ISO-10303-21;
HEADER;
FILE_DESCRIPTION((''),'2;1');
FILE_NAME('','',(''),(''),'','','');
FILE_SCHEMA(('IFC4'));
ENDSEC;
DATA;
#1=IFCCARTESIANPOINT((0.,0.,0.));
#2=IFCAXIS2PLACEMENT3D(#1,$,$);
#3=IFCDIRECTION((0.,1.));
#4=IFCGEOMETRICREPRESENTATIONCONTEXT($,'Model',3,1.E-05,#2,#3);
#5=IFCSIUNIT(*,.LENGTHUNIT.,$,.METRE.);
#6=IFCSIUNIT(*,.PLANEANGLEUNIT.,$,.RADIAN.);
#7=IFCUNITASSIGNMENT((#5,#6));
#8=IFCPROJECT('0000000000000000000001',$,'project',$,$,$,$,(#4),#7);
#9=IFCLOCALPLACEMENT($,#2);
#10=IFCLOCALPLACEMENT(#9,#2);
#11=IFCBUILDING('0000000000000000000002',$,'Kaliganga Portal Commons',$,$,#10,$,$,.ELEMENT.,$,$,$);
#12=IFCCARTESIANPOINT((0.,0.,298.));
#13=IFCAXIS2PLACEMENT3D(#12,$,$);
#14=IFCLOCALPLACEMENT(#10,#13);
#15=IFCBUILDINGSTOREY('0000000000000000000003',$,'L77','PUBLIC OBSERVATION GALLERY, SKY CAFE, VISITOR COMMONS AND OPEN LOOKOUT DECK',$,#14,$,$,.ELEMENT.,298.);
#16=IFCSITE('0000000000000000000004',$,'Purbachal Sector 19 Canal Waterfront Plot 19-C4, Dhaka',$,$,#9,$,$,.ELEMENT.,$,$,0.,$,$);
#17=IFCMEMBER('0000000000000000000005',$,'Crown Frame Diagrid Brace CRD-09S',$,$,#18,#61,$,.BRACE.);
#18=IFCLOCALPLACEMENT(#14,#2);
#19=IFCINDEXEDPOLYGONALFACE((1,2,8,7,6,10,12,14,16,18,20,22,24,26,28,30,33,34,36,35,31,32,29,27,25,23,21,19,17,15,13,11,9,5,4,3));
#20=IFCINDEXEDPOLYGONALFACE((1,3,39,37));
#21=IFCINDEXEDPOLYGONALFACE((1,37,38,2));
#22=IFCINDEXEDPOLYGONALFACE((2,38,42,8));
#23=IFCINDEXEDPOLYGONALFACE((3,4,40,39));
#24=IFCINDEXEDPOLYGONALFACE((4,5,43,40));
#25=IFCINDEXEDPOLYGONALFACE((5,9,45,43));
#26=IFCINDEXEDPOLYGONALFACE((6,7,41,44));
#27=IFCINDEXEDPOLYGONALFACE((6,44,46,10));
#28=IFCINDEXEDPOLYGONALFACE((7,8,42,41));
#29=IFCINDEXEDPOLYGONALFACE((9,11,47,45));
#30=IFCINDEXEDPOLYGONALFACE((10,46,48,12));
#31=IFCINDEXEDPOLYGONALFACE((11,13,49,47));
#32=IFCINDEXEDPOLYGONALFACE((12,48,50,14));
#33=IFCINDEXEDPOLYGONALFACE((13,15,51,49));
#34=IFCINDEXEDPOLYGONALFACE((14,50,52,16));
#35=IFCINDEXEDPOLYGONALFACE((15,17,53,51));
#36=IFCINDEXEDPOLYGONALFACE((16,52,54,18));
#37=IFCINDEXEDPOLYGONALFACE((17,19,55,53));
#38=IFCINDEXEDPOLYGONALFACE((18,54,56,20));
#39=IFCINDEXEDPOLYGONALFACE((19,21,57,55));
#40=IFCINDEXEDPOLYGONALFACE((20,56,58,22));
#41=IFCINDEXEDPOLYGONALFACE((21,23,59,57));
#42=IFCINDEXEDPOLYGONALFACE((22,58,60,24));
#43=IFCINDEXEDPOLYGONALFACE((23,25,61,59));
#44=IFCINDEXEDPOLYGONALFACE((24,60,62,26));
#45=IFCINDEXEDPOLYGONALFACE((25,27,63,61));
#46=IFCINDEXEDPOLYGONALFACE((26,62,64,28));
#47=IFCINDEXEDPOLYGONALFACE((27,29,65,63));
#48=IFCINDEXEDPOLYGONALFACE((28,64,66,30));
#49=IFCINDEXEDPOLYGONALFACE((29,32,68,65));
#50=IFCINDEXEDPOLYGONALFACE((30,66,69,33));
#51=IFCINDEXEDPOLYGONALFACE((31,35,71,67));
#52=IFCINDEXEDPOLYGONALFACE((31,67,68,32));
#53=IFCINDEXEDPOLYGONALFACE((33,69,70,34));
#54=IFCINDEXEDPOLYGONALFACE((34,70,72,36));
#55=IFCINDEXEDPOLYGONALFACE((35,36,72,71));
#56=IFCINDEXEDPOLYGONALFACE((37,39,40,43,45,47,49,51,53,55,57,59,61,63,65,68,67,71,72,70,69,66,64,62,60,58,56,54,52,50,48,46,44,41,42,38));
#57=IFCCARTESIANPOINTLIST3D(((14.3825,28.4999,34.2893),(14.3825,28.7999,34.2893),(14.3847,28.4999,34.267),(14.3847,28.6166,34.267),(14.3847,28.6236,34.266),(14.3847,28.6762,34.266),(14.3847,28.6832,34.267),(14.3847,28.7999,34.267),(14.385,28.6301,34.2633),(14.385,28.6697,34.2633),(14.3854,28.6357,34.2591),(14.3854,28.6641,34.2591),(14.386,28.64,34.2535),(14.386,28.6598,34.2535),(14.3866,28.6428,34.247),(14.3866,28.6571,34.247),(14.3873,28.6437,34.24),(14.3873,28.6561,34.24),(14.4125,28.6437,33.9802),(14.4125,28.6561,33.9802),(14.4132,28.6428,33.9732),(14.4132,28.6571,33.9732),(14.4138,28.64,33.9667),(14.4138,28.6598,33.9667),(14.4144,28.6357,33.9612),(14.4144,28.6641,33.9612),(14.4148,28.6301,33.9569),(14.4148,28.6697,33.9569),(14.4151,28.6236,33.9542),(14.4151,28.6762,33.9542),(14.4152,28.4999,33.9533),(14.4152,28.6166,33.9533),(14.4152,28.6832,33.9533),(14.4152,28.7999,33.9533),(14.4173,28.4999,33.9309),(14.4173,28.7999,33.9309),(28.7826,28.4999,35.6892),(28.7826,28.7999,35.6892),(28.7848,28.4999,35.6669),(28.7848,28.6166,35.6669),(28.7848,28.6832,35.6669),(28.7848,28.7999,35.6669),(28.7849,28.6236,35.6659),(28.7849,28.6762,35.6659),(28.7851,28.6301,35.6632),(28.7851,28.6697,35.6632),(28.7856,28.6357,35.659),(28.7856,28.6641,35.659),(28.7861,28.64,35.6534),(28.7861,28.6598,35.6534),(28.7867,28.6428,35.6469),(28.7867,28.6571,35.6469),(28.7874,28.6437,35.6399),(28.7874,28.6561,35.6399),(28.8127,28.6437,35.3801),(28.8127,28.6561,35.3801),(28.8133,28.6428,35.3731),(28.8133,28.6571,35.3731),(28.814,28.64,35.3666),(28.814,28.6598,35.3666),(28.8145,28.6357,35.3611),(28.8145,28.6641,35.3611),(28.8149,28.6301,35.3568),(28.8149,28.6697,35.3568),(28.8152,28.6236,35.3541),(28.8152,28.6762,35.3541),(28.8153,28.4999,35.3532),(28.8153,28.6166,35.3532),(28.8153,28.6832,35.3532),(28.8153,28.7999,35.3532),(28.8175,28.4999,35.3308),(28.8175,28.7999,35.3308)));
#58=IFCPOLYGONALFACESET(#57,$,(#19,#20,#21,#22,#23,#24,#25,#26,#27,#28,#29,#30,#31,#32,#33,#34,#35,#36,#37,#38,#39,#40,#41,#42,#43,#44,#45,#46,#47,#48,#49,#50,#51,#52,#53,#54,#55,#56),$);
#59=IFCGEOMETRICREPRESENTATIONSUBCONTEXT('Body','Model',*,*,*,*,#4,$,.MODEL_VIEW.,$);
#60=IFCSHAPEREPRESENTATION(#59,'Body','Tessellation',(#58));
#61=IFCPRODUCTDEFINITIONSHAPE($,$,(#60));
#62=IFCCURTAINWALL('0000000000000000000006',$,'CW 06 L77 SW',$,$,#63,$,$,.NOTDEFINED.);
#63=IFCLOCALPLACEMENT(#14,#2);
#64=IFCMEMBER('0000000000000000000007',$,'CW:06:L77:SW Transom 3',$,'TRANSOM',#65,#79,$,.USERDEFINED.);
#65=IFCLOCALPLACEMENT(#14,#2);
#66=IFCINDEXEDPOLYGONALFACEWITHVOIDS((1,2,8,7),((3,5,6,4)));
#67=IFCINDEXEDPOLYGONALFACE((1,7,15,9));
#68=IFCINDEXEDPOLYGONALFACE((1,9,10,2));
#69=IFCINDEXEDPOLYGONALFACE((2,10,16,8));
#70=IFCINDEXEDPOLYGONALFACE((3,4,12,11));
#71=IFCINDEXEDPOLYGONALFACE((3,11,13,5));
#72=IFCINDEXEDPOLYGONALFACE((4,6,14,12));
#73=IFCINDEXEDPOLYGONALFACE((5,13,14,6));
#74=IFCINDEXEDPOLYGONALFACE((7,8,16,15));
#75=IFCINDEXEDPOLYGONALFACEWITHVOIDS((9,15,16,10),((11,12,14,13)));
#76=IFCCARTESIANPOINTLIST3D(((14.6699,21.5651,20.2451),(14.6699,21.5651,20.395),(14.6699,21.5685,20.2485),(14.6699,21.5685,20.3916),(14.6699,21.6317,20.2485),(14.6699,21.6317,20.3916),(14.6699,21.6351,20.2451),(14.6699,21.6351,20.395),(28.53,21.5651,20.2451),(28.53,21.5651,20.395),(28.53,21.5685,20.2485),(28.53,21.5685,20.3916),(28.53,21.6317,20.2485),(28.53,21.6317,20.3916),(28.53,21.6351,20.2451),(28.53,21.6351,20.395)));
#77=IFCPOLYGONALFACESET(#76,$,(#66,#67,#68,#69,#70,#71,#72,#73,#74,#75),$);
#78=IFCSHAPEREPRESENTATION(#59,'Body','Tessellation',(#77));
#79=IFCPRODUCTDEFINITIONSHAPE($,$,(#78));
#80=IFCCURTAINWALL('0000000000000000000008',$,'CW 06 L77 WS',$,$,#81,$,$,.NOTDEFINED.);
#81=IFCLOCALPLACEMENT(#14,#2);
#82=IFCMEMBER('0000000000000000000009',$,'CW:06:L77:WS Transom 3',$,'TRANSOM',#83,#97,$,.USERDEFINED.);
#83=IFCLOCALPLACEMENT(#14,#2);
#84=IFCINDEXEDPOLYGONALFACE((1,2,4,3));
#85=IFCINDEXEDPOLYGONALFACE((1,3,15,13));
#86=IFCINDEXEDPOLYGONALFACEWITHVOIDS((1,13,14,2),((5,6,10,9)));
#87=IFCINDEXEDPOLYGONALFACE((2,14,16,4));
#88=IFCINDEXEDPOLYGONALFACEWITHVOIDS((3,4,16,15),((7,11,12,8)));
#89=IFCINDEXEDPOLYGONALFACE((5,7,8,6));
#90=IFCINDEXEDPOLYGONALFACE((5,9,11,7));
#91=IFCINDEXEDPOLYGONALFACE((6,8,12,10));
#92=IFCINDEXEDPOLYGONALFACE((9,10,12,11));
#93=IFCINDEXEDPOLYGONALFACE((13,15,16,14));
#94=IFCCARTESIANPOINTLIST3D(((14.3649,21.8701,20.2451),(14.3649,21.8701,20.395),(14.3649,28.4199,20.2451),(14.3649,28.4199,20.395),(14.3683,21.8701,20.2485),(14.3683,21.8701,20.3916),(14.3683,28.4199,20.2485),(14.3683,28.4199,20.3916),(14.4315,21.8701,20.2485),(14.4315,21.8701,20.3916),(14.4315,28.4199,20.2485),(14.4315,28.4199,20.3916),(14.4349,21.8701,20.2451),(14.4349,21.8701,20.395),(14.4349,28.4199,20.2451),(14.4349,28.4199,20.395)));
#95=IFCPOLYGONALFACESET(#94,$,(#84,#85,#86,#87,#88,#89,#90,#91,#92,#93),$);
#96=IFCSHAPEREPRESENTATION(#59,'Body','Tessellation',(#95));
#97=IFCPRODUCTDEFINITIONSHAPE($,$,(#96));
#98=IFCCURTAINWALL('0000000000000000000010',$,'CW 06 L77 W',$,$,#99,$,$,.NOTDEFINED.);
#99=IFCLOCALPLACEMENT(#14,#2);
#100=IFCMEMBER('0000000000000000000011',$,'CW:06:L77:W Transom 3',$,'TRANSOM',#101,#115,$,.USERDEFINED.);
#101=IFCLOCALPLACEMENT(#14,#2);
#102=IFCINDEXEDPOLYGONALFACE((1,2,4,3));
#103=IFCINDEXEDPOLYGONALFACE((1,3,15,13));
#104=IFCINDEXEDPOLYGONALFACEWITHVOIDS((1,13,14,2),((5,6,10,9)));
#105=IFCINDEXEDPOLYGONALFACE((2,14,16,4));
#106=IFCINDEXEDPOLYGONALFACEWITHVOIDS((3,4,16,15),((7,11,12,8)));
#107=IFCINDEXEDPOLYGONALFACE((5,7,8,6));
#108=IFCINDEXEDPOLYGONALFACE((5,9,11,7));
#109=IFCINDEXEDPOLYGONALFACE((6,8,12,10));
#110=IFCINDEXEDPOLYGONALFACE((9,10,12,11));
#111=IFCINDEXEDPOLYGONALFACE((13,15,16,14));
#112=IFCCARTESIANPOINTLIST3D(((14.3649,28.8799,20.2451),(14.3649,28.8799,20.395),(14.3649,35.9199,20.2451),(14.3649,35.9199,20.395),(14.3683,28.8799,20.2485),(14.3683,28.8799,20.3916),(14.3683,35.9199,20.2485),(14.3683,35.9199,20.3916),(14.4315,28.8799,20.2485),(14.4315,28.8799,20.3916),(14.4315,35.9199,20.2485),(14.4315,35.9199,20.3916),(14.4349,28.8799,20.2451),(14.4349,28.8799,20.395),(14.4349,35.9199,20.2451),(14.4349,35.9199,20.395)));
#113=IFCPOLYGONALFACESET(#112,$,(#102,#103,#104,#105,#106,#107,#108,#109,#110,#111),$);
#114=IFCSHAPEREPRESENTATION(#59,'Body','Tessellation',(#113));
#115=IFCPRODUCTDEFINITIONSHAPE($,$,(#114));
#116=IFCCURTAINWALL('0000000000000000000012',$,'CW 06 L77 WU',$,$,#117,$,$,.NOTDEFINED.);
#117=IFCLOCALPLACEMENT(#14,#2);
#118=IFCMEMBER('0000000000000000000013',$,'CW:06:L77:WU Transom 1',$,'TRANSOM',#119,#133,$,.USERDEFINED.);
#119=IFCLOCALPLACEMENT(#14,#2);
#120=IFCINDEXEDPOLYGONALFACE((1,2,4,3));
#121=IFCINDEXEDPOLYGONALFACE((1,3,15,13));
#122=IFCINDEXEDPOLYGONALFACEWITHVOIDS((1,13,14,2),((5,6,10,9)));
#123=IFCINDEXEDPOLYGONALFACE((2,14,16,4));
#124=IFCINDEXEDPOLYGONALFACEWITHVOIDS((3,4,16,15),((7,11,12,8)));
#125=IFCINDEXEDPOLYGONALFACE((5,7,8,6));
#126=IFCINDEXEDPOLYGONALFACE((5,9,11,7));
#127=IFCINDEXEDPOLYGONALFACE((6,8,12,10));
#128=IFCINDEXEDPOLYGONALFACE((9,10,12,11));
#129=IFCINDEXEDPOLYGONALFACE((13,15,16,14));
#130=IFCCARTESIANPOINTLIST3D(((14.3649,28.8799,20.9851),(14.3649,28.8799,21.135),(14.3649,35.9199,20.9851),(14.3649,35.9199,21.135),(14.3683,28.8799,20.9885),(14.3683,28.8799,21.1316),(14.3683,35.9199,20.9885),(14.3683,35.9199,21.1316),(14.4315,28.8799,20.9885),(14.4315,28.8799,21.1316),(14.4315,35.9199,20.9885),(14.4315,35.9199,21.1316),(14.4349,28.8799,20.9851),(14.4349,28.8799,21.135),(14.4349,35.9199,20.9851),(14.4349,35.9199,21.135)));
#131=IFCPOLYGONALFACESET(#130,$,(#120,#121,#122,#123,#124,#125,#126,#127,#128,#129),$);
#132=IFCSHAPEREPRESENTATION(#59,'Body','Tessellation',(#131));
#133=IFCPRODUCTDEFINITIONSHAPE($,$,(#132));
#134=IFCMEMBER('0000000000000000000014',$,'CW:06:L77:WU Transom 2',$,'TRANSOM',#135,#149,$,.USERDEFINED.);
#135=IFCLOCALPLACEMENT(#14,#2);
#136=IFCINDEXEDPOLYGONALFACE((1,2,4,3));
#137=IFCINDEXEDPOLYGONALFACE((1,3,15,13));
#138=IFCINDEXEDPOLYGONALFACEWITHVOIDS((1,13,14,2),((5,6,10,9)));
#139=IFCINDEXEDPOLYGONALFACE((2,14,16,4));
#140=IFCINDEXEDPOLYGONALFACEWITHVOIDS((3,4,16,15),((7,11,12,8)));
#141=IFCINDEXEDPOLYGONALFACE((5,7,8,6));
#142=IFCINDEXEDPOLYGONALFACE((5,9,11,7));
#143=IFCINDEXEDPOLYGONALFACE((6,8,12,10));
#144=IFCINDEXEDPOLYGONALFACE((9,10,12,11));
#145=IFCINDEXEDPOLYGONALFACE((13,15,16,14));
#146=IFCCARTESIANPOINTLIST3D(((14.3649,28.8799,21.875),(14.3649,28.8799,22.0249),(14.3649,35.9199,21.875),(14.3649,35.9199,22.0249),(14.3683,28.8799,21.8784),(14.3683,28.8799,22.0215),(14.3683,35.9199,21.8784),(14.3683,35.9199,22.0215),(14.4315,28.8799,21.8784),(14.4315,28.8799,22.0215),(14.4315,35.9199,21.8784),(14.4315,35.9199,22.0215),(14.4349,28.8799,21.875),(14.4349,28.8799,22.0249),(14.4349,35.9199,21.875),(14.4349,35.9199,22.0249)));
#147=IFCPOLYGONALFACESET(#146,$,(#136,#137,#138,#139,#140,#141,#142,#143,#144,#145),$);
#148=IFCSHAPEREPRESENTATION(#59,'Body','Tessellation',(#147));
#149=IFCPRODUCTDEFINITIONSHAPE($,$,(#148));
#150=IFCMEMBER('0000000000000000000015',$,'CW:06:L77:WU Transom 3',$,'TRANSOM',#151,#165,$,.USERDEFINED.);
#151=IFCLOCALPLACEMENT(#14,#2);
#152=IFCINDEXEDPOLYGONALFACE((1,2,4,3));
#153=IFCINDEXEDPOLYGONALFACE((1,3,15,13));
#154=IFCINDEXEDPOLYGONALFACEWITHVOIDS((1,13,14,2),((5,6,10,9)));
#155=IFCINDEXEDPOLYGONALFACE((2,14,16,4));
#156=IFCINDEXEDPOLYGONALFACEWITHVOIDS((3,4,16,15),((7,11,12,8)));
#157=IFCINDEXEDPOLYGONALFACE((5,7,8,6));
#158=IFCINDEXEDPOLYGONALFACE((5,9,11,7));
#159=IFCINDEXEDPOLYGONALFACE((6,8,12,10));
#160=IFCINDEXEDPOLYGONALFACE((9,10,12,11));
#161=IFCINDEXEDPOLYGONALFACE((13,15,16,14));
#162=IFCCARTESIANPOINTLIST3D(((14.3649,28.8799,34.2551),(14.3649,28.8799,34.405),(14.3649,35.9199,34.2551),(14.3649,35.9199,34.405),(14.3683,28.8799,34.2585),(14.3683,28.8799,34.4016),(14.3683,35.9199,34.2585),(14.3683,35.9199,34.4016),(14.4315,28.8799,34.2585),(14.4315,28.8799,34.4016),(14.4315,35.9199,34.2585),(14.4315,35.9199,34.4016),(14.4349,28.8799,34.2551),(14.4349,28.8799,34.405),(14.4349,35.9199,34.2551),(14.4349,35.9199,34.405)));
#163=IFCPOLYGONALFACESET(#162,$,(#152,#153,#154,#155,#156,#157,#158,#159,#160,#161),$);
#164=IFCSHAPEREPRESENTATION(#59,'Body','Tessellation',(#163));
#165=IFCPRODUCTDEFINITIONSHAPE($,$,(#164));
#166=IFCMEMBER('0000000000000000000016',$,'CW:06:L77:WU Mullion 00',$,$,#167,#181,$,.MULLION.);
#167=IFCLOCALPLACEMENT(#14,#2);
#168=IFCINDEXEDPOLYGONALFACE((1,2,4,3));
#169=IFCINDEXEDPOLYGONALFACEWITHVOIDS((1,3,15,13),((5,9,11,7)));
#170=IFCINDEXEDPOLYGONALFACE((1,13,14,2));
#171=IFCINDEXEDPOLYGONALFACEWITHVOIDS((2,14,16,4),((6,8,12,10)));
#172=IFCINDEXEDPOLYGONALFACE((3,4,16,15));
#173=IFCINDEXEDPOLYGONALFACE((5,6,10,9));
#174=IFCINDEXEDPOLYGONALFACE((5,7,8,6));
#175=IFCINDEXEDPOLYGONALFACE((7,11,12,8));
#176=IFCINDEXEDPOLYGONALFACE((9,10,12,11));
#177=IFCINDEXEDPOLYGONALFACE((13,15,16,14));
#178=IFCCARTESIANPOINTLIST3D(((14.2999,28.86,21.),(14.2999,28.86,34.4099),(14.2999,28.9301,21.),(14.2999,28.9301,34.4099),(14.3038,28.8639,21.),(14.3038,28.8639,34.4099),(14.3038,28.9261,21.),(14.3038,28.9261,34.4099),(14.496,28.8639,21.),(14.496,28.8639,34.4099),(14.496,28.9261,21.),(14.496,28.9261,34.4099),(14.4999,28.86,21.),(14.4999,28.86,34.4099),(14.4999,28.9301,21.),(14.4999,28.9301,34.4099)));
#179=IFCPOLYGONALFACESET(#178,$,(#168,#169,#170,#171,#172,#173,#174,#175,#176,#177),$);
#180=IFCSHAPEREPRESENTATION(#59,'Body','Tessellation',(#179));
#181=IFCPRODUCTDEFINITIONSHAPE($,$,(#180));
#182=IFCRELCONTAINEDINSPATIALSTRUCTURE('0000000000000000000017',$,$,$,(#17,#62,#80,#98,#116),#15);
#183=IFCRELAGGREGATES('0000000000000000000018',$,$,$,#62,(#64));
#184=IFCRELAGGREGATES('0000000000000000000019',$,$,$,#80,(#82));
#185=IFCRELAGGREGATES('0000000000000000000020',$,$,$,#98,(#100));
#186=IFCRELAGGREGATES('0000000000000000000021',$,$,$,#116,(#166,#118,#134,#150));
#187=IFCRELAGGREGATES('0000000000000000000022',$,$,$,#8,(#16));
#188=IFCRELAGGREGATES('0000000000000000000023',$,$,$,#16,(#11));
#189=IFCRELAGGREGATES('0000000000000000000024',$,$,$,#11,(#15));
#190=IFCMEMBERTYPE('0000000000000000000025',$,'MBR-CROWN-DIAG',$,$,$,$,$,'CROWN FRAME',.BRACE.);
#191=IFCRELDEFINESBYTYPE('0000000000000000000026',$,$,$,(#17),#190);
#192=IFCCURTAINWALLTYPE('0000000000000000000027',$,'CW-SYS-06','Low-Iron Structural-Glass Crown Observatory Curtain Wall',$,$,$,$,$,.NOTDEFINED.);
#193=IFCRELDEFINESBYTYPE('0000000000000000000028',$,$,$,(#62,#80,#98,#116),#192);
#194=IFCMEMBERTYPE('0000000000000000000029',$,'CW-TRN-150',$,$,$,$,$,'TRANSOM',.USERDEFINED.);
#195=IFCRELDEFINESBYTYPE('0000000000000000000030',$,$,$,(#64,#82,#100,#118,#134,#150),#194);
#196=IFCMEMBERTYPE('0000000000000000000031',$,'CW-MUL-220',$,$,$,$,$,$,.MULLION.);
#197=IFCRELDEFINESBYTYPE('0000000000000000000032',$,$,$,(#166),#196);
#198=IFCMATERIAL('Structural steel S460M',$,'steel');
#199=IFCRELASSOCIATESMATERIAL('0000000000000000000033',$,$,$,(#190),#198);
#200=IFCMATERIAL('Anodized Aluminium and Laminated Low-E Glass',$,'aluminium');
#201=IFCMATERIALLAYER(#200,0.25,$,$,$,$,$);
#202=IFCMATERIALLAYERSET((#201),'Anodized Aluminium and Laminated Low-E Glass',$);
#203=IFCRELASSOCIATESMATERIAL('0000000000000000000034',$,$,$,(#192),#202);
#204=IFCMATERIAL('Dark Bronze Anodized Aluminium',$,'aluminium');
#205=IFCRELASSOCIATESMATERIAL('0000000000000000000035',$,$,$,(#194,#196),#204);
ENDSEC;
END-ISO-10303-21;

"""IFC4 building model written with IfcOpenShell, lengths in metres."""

from ifc_helpers import new_model, si_unit, direction, frame, origin, origin_2d, place, context, subcontext, project, spatial, hollow_rectangle, i_section, extrude, source, transform, mapped, material, layer, layer_set, material_profile, profile_set, type_object, element, aggregate, save


model = new_model("IFC4")

# Units and contexts
model_context = context("Model", 3, precision=1e-05, world=origin(), true_north=direction((0.0, 1.0)))
body_context = subcontext(model_context, "Body", "Model", "MODEL_VIEW")
ifc_project = project(units=[si_unit("LENGTHUNIT", "METRE"), si_unit("PLANEANGLEUNIT", "RADIAN")], contexts=[model_context])

# Site, building, storey
site_placement = place(None, origin())
site = spatial("IfcSite", under=ifc_project, at=site_placement, Name="Purbachal Sector 19 Canal Waterfront Plot 19-C4, Dhaka", CompositionType="ELEMENT", RefElevation=0.0)
building_placement = place(site_placement, origin())
building = spatial("IfcBuilding", under=site, at=building_placement, Name="Kaliganga Portal Commons", CompositionType="ELEMENT")
storey_placement = place(building_placement, frame((0.0, 0.0, 298.0)))
storey = spatial("IfcBuildingStorey", under=building, at=storey_placement, Name="L77", Description="PUBLIC OBSERVATION GALLERY, SKY CAFE, VISITOR COMMONS AND OPEN LOOKOUT DECK", CompositionType="ELEMENT", Elevation=298.0)

# Shared definitions
ifc_material_1 = material(Name="Structural steel S460M", Category="steel")

# Member
ifc_material_profile_1 = material_profile(ifc_material_1, i_section(OverallWidth=0.3, OverallDepth=0.3601, WebThickness=0.0125, FlangeThickness=0.0225, FilletRadius=0.0271, at=origin_2d()), Name="HE 360 B")
ifc_profile_set_1 = profile_set([ifc_material_profile_1], Name="Structural steel S460M wide-flange")
member_type_1 = type_object("IfcMemberType", Name="MBR-CROWN-DIAG", ElementType="CROWN FRAME", PredefinedType="BRACE", material=ifc_profile_set_1)
shared_shape_1 = source(origin(), body_context, "Body", "SweptSolid", [
    extrude(i_section(OverallWidth=0.3, OverallDepth=0.3601, WebThickness=0.0125, FlangeThickness=0.0225, FilletRadius=0.0271, at=origin_2d()), origin(), (0.0, 0.0, 1.0), 14.468),
])
member_1_placement = place(storey_placement, frame((14.3999, 28.6499, 34.1101), z_axis=(0.995308, 0.0, 0.096758), x_axis=(0.0, 1.0, 0.0)))
element("IfcMember", 1, at=member_1_placement, inside=storey, type_object=member_type_1, Name="Crown Frame Diagrid Brace CRD-09S", PredefinedType="BRACE", context=body_context, shape_type="MappedRepresentation", body=[
    mapped(shared_shape_1, transform((0.0, 0.0, 0.0), x_axis=(1.0, 0.0, 0.0), y_axis=(0.0, 1.0, 0.0), z_axis=(0.0, 0.0, 1.0), scale=1.0)),
])

# Curtain walls, members
ifc_material_2 = material(Name="Anodized Aluminium and Laminated Low-E Glass", Category="aluminium")
ifc_layer_1 = layer(ifc_material_2, 0.25)
ifc_layer_set_1 = layer_set([ifc_layer_1], Name="Anodized Aluminium and Laminated Low-E Glass")
curtain_wall_type = type_object("IfcCurtainWallType", Name="CW-SYS-06", Description="Low-Iron Structural-Glass Crown Observatory Curtain Wall", PredefinedType="NOTDEFINED", material=ifc_layer_set_1)
curtain_wall_1_placement = place(storey_placement, origin())
curtain_wall_1 = element("IfcCurtainWall", 2, at=curtain_wall_1_placement, inside=storey, type_object=curtain_wall_type, Name="CW 06 L77 SW", PredefinedType="NOTDEFINED")
ifc_material_3 = material(Name="Dark Bronze Anodized Aluminium", Category="aluminium")
ifc_material_profile_2 = material_profile(ifc_material_3, hollow_rectangle(XDim=0.0701, YDim=0.1499, WallThickness=0.0034, at=origin_2d()), Name="ALU TRAN 70x150x3.5")
ifc_profile_set_2 = profile_set([ifc_material_profile_2], Name="Dark Bronze Anodized Aluminium")
member_type_2 = type_object("IfcMemberType", Name="CW-TRN-150", ElementType="TRANSOM", PredefinedType="USERDEFINED", material=ifc_profile_set_2)
shared_shape_2 = source(origin(), body_context, "Body", "SweptSolid", [
    extrude(hollow_rectangle(XDim=0.0701, YDim=0.1499, WallThickness=0.0034, at=origin_2d()), origin(), (0.0, 0.0, 1.0), 13.8601),
])
member_2_placement = place(storey_placement, frame((14.6699, 21.6001, 20.3201), z_axis=(1.0, 0.0, 0.0), x_axis=(0.0, 1.0, 0.0)))
member_2 = element("IfcMember", 3, at=member_2_placement, type_object=member_type_2, Name="CW:06:L77:SW Transom 3", ObjectType="TRANSOM", PredefinedType="USERDEFINED", context=body_context, shape_type="MappedRepresentation", body=[
    mapped(shared_shape_2, transform((0.0, 0.0, 0.0), x_axis=(1.0, 0.0, 0.0), y_axis=(0.0, 1.0, 0.0), z_axis=(0.0, 0.0, 1.0), scale=1.0)),
])
aggregate(curtain_wall_1, [member_2])
curtain_wall_2_placement = place(storey_placement, origin())
curtain_wall_2 = element("IfcCurtainWall", 4, at=curtain_wall_2_placement, inside=storey, type_object=curtain_wall_type, Name="CW 06 L77 WS", PredefinedType="NOTDEFINED")
shared_shape_3 = source(origin(), body_context, "Body", "SweptSolid", [
    extrude(hollow_rectangle(XDim=0.0701, YDim=0.1499, WallThickness=0.0034, at=origin_2d()), origin(), (0.0, 0.0, 1.0), 6.5498),
])
member_3_placement = place(storey_placement, frame((14.3999, 21.8701, 20.3201), z_axis=(0.0, 1.0, 0.0), x_axis=(-1.0, 0.0, 0.0)))
member_3 = element("IfcMember", 5, at=member_3_placement, type_object=member_type_2, Name="CW:06:L77:WS Transom 3", ObjectType="TRANSOM", PredefinedType="USERDEFINED", context=body_context, shape_type="MappedRepresentation", body=[
    mapped(shared_shape_3, transform((0.0, 0.0, 0.0), x_axis=(1.0, 0.0, 0.0), y_axis=(0.0, 1.0, 0.0), z_axis=(0.0, 0.0, 1.0), scale=1.0)),
])
aggregate(curtain_wall_2, [member_3])
curtain_wall_3_placement = place(storey_placement, origin())
curtain_wall_3 = element("IfcCurtainWall", 6, at=curtain_wall_3_placement, inside=storey, type_object=curtain_wall_type, Name="CW 06 L77 W", PredefinedType="NOTDEFINED")
shared_shape_4 = source(origin(), body_context, "Body", "SweptSolid", [
    extrude(hollow_rectangle(XDim=0.0701, YDim=0.1499, WallThickness=0.0034, at=origin_2d()), origin(), (0.0, 0.0, 1.0), 7.04),
])
member_4_placement = place(storey_placement, frame((14.3999, 28.8799, 20.3201), z_axis=(0.0, 1.0, 0.0), x_axis=(-1.0, 0.0, 0.0)))
member_4 = element("IfcMember", 7, at=member_4_placement, type_object=member_type_2, Name="CW:06:L77:W Transom 3", ObjectType="TRANSOM", PredefinedType="USERDEFINED", context=body_context, shape_type="MappedRepresentation", body=[
    mapped(shared_shape_4, transform((0.0, 0.0, 0.0), x_axis=(1.0, 0.0, 0.0), y_axis=(0.0, 1.0, 0.0), z_axis=(0.0, 0.0, 1.0), scale=1.0)),
])
aggregate(curtain_wall_3, [member_4])

# Curtain wall, members
curtain_wall_4_placement = place(storey_placement, origin())
curtain_wall_4 = element("IfcCurtainWall", 8, at=curtain_wall_4_placement, inside=storey, type_object=curtain_wall_type, Name="CW 06 L77 WU", PredefinedType="NOTDEFINED")
member_5_placement = place(storey_placement, frame((14.3999, 28.8799, 21.0601), z_axis=(0.0, 1.0, 0.0), x_axis=(-1.0, 0.0, 0.0)))
member_5 = element("IfcMember", 9, at=member_5_placement, type_object=member_type_2, Name="CW:06:L77:WU Transom 1", ObjectType="TRANSOM", PredefinedType="USERDEFINED", context=body_context, shape_type="MappedRepresentation", body=[
    mapped(shared_shape_4, transform((0.0, 0.0, 0.0), x_axis=(1.0, 0.0, 0.0), y_axis=(0.0, 1.0, 0.0), z_axis=(0.0, 0.0, 1.0), scale=1.0)),
])
member_6_placement = place(storey_placement, frame((14.3999, 28.8799, 21.95), z_axis=(0.0, 1.0, 0.0), x_axis=(-1.0, 0.0, 0.0)))
member_6 = element("IfcMember", 10, at=member_6_placement, type_object=member_type_2, Name="CW:06:L77:WU Transom 2", ObjectType="TRANSOM", PredefinedType="USERDEFINED", context=body_context, shape_type="MappedRepresentation", body=[
    mapped(shared_shape_4, transform((0.0, 0.0, 0.0), x_axis=(1.0, 0.0, 0.0), y_axis=(0.0, 1.0, 0.0), z_axis=(0.0, 0.0, 1.0), scale=1.0)),
])
member_7_placement = place(storey_placement, frame((14.3999, 28.8799, 34.3301), z_axis=(0.0, 1.0, 0.0), x_axis=(-1.0, 0.0, 0.0)))
member_7 = element("IfcMember", 11, at=member_7_placement, type_object=member_type_2, Name="CW:06:L77:WU Transom 3", ObjectType="TRANSOM", PredefinedType="USERDEFINED", context=body_context, shape_type="MappedRepresentation", body=[
    mapped(shared_shape_4, transform((0.0, 0.0, 0.0), x_axis=(1.0, 0.0, 0.0), y_axis=(0.0, 1.0, 0.0), z_axis=(0.0, 0.0, 1.0), scale=1.0)),
])
ifc_material_profile_3 = material_profile(ifc_material_3, hollow_rectangle(XDim=0.0701, YDim=0.2, WallThickness=0.0039, at=origin_2d()), Name="ALU MULL 70x200x4")
ifc_profile_set_3 = profile_set([ifc_material_profile_3], Name="Dark Bronze Anodized Aluminium")
member_type_3 = type_object("IfcMemberType", Name="CW-MUL-220", PredefinedType="MULLION", material=ifc_profile_set_3)
shared_shape_5 = source(origin(), body_context, "Body", "SweptSolid", [
    extrude(hollow_rectangle(XDim=0.0701, YDim=0.2, WallThickness=0.0039, at=origin_2d()), origin(), (0.0, 0.0, 1.0), 13.4099),
])
member_8_placement = place(storey_placement, frame((14.3999, 28.895, 21.0), z_axis=(0.0, 0.0, 1.0), x_axis=(0.0, 1.0, 0.0)))
member_8 = element("IfcMember", 12, at=member_8_placement, type_object=member_type_3, Name="CW:06:L77:WU Mullion 00", PredefinedType="MULLION", context=body_context, shape_type="MappedRepresentation", body=[
    mapped(shared_shape_5, transform((0.0, 0.0, 0.0), x_axis=(1.0, 0.0, 0.0), y_axis=(0.0, 1.0, 0.0), z_axis=(0.0, 0.0, 1.0), scale=1.0)),
])

aggregate(curtain_wall_4, [member_8, member_5, member_6, member_7])

save(model, "model.ifc")
